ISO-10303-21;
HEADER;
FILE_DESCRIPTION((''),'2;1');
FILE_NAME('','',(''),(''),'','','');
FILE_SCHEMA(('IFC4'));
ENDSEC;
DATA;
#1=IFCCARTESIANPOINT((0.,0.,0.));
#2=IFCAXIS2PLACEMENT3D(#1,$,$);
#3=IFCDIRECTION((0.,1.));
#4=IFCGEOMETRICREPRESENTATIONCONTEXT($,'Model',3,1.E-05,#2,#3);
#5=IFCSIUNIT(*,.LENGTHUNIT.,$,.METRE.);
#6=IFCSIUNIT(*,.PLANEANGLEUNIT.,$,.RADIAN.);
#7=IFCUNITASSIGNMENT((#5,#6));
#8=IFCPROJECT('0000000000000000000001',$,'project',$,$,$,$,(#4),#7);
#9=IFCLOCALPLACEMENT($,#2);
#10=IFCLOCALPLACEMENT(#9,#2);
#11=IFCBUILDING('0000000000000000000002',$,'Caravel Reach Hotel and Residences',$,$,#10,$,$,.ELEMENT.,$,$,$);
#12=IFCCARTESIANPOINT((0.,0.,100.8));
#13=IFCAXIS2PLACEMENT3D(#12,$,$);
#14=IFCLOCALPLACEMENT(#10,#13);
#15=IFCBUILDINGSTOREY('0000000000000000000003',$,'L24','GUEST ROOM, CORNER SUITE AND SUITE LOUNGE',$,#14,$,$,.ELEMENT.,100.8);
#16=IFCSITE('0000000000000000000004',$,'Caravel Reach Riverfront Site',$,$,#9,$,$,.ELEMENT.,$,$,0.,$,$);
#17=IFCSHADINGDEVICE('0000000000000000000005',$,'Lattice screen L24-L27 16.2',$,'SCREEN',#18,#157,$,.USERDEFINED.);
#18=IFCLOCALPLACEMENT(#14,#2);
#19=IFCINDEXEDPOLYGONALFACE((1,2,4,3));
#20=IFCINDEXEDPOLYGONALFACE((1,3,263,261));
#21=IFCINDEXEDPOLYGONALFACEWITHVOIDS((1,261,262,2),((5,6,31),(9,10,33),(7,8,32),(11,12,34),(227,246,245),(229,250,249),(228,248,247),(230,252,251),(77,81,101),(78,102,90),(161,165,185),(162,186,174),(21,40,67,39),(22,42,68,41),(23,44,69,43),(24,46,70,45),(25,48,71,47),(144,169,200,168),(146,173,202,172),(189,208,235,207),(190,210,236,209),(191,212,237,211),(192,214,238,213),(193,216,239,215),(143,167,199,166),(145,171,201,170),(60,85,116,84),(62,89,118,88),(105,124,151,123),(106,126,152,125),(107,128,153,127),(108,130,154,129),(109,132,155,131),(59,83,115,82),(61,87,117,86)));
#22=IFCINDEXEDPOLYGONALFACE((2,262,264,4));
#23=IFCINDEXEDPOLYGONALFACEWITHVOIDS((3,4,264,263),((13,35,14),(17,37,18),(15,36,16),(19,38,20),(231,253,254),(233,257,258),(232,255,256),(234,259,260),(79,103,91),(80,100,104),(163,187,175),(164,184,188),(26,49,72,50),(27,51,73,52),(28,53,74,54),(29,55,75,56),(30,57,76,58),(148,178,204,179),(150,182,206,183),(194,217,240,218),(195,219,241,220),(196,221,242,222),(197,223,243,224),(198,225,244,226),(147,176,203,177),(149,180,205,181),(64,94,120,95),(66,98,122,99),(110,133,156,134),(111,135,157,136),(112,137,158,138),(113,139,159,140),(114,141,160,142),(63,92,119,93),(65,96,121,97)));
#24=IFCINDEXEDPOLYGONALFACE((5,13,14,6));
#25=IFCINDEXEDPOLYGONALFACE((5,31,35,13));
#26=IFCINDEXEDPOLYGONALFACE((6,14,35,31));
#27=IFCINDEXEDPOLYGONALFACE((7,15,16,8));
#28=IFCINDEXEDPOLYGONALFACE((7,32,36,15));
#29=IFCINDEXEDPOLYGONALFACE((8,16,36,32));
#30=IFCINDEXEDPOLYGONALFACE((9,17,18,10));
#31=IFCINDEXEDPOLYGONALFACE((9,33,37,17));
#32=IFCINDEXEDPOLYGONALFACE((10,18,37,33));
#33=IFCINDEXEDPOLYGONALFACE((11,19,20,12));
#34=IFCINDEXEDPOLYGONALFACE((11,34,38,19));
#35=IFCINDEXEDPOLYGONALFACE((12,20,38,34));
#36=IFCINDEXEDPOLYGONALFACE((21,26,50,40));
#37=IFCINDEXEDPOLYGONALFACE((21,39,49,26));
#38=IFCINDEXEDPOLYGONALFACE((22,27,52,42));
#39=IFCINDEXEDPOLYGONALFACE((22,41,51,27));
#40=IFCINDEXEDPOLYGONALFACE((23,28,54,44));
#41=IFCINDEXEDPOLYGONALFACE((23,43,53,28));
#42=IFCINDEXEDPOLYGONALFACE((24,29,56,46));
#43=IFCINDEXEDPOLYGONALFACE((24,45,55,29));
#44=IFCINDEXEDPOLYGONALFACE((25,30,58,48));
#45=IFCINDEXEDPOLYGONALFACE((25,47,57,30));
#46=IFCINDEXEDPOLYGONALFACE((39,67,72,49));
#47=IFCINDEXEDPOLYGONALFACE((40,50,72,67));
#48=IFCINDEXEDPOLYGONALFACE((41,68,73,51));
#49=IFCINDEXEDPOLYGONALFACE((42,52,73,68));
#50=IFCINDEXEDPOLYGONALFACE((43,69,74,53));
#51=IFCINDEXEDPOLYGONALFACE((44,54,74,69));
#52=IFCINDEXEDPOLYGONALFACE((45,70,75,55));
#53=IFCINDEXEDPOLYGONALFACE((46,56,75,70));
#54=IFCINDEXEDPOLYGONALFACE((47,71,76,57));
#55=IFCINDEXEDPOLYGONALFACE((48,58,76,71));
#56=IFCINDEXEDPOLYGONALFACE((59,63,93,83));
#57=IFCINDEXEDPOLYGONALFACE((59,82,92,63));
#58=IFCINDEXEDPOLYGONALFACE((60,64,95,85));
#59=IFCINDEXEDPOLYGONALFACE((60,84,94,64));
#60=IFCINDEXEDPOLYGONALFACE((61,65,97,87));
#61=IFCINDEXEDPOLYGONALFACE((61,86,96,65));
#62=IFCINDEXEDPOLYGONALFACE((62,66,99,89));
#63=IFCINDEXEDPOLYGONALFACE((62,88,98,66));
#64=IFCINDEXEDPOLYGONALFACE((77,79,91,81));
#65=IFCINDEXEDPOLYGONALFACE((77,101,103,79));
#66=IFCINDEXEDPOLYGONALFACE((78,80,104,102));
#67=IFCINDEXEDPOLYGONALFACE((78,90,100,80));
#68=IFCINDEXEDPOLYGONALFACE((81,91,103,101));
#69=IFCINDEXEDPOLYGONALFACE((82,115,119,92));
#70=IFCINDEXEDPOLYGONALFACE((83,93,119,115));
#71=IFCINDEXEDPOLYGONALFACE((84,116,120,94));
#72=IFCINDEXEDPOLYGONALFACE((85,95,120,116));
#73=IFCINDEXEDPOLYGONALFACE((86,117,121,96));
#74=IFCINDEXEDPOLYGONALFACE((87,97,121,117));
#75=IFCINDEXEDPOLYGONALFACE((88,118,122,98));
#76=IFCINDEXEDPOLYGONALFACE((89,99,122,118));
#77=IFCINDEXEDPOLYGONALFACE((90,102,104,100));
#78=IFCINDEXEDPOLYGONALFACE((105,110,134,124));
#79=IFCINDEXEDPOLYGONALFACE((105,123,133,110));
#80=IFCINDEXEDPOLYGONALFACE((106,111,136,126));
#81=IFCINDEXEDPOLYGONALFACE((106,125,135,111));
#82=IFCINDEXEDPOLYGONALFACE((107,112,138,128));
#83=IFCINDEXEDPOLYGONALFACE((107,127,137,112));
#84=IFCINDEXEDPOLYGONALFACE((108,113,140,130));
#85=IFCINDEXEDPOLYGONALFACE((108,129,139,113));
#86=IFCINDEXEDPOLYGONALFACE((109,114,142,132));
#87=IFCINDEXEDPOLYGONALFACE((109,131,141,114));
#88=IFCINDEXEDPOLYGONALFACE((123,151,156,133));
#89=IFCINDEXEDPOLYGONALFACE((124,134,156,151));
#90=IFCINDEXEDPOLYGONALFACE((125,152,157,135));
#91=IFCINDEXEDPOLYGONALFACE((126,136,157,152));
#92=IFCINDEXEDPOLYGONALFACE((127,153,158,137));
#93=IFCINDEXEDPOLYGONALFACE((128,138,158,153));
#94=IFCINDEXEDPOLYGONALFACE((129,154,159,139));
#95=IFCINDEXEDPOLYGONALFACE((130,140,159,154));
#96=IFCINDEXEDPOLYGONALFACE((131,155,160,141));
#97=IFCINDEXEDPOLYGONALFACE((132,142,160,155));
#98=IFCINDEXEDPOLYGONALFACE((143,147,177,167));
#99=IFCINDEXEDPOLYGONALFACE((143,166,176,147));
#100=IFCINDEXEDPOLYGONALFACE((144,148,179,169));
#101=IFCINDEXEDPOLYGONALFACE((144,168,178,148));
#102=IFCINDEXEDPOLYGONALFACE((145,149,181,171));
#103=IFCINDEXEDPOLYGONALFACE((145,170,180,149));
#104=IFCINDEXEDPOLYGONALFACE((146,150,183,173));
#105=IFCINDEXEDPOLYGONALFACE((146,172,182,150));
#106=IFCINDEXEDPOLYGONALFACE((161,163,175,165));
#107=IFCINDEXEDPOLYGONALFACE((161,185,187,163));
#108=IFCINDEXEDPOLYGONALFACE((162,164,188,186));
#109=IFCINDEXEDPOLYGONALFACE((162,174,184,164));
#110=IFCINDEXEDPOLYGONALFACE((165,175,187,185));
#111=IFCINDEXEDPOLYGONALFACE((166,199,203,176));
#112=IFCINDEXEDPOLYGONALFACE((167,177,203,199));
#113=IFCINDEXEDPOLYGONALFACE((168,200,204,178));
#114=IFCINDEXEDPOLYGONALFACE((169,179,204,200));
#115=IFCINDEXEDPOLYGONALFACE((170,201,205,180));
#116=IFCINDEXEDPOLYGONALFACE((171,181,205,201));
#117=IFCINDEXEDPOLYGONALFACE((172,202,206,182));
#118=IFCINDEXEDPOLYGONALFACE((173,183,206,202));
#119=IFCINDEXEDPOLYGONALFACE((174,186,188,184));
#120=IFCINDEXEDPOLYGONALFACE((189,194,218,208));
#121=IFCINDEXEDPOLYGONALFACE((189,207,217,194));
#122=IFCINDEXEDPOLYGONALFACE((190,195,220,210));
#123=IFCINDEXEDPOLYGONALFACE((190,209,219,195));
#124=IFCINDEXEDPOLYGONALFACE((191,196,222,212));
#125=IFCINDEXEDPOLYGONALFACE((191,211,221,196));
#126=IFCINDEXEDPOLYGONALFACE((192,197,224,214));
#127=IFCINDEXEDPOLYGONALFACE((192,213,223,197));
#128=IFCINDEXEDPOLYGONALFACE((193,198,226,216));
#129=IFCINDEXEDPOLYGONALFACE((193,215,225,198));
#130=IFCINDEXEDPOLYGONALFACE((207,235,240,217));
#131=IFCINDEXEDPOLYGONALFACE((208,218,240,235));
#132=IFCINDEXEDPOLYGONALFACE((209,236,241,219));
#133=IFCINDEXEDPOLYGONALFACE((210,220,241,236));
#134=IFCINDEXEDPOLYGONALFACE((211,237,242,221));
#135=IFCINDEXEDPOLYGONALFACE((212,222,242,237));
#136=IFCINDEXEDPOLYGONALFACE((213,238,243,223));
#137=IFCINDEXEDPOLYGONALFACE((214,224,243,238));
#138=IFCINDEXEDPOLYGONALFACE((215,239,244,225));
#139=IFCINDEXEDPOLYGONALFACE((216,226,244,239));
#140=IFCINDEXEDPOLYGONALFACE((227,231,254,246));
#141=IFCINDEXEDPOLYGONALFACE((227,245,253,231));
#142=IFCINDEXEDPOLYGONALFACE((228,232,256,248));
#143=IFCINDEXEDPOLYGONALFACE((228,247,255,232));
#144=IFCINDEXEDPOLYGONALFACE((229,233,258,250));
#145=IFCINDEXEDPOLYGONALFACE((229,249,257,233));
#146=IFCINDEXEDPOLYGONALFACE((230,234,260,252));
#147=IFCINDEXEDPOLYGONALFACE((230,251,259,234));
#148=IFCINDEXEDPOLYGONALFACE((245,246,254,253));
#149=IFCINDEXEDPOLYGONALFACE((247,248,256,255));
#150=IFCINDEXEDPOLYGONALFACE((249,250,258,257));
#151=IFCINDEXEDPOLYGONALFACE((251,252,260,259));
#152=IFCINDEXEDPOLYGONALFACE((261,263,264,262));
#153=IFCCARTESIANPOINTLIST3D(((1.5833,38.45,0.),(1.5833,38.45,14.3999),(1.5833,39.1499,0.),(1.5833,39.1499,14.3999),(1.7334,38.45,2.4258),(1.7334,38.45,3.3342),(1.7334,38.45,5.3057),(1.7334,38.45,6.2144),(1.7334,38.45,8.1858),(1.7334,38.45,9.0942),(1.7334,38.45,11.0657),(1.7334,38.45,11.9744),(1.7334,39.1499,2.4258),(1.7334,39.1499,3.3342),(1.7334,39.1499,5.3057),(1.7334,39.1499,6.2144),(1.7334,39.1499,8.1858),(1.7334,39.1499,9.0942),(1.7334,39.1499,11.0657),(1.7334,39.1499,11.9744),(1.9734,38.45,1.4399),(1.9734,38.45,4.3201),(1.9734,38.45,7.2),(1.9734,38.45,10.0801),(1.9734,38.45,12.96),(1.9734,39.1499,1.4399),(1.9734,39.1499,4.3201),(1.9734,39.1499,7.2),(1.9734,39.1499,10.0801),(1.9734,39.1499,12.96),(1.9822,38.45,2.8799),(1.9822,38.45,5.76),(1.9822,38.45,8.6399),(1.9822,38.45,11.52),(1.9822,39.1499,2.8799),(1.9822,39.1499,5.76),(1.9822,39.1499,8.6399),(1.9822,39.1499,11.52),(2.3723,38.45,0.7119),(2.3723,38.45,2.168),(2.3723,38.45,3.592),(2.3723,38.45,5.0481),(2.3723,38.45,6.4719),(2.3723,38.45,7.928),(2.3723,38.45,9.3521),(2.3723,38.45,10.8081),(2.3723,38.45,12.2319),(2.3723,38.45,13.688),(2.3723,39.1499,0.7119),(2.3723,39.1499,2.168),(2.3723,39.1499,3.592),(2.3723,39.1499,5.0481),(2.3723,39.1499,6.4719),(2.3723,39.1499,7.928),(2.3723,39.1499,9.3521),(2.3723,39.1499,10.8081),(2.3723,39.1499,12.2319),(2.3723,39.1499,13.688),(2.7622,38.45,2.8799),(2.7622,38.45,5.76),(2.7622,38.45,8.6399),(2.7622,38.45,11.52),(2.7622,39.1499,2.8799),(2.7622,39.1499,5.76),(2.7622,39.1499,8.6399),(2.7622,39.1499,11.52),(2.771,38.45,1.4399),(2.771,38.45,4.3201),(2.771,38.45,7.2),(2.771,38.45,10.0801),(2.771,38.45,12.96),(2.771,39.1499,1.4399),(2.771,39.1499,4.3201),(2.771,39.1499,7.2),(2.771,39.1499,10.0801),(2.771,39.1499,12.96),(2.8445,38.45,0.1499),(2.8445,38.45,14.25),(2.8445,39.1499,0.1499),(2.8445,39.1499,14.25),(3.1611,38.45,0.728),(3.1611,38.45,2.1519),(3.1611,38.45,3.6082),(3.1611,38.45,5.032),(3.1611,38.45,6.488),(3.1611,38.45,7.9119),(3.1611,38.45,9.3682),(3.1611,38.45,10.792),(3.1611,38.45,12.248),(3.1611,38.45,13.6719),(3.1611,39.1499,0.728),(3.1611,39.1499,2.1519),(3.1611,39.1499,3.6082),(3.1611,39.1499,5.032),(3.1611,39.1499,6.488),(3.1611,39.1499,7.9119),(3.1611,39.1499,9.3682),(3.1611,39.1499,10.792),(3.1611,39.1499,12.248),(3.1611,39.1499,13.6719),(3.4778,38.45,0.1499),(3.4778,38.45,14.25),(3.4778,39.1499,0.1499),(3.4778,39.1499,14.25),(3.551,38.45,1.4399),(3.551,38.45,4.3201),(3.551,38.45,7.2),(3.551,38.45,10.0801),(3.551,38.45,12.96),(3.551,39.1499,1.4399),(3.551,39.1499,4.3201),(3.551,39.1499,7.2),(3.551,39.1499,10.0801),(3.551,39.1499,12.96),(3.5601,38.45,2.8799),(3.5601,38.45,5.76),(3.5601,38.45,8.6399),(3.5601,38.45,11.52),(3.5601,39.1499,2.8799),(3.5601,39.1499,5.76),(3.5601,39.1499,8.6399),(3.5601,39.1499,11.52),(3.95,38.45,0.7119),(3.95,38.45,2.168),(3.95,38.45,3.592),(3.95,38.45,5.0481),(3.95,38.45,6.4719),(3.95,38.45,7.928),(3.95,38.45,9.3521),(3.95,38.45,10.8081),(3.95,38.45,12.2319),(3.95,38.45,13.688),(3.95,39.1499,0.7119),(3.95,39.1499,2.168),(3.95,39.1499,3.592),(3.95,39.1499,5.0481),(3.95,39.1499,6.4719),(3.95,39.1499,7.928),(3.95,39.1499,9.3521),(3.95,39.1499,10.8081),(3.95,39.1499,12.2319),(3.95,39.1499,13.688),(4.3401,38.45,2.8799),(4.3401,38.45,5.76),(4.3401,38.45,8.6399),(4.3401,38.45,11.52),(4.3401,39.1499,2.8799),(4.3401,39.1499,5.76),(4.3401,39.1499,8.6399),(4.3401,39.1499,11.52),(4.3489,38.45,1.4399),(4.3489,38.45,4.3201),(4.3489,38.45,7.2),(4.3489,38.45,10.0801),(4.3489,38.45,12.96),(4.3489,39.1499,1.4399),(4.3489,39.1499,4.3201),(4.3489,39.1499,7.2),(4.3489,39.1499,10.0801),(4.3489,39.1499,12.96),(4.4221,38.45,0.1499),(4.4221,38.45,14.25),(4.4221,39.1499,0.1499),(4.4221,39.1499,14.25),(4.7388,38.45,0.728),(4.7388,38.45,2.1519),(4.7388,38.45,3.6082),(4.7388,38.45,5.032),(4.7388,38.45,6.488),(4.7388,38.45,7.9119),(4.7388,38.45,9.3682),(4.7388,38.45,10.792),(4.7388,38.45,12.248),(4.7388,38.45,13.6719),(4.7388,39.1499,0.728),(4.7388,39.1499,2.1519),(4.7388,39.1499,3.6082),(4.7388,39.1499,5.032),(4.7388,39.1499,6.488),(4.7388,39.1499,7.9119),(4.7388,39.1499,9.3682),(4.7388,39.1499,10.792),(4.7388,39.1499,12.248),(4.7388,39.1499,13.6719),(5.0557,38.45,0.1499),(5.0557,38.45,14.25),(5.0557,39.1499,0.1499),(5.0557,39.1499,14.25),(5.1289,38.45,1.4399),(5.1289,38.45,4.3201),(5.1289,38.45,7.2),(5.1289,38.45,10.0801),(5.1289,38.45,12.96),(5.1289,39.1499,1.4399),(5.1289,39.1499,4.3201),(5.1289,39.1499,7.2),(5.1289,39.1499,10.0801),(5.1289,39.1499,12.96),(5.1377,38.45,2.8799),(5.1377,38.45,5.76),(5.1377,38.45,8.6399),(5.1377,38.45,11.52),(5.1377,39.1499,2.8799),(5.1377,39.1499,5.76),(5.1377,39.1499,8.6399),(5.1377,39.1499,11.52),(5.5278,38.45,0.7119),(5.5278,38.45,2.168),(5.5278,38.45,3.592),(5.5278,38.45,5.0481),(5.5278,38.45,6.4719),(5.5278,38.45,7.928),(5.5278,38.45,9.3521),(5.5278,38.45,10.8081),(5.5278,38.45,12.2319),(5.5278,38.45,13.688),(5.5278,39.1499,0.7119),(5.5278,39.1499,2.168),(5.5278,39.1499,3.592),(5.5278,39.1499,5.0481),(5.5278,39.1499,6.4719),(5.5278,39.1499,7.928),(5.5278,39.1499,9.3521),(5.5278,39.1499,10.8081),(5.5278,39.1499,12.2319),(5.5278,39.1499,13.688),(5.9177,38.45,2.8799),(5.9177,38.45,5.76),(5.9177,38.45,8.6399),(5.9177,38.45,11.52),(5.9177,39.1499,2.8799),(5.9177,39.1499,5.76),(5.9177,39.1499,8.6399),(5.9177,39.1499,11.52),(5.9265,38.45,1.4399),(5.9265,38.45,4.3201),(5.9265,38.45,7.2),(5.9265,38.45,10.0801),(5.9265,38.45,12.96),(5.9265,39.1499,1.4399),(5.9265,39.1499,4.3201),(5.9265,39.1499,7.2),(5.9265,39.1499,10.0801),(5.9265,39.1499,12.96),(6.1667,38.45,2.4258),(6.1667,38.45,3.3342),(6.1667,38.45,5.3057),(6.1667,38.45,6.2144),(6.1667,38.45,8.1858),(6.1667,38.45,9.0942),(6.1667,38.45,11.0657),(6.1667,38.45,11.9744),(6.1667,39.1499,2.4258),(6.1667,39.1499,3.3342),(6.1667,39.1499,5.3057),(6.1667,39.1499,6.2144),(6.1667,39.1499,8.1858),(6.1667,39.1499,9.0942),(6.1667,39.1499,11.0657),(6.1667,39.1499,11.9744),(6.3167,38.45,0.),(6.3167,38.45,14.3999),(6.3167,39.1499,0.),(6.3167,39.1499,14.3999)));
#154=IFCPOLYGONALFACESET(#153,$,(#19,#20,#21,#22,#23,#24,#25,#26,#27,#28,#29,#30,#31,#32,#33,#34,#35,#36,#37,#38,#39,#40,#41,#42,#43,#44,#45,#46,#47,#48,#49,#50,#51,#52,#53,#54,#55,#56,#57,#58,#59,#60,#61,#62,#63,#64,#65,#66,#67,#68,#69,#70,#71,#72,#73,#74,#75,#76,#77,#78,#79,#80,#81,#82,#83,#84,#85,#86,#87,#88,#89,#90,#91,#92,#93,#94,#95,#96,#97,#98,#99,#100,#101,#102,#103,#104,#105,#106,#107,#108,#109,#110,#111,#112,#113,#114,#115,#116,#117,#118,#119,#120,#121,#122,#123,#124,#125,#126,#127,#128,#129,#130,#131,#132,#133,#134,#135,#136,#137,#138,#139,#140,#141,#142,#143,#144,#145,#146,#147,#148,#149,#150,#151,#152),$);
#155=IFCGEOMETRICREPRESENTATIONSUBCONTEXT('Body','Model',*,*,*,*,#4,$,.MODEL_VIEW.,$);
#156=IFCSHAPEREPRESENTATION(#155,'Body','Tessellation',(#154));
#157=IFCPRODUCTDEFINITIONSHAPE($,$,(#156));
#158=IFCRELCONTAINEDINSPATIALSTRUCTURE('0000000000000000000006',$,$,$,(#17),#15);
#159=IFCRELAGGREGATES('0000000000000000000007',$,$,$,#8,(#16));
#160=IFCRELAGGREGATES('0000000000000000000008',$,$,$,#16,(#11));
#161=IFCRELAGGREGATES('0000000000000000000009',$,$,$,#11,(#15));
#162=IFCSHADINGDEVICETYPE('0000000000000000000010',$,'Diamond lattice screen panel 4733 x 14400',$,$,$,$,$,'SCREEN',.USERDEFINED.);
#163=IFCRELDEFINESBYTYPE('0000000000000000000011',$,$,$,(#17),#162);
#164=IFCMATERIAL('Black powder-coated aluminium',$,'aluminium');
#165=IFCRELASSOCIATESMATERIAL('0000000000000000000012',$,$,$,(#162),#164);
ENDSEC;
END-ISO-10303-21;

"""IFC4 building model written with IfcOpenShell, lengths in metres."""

from ifc_helpers import new_model, si_unit, direction, frame, origin, place, context, subcontext, project, spatial, polyline, outline, extrude, material, type_object, element, save


model = new_model("IFC4")

# Units and contexts
model_context = context("Model", 3, precision=1e-05, world=origin(), true_north=direction((0.0, 1.0)))
body_context = subcontext(model_context, "Body", "Model", "MODEL_VIEW")
ifc_project = project(units=[si_unit("LENGTHUNIT", "METRE"), si_unit("PLANEANGLEUNIT", "RADIAN")], contexts=[model_context])

# Site, building, storey
site_placement = place(None, origin())
site = spatial("IfcSite", under=ifc_project, at=site_placement, Name="Caravel Reach Riverfront Site", CompositionType="ELEMENT", RefElevation=0.0)
building_placement = place(site_placement, origin())
building = spatial("IfcBuilding", under=site, at=building_placement, Name="Caravel Reach Hotel and Residences", CompositionType="ELEMENT")
storey_placement = place(building_placement, frame((0.0, 0.0, 100.8)))
storey = spatial("IfcBuildingStorey", under=building, at=storey_placement, Name="L24", Description="GUEST ROOM, CORNER SUITE AND SUITE LOUNGE", CompositionType="ELEMENT", Elevation=100.8)

# Shading device
ifc_material_1 = material(Name="Black powder-coated aluminium", Category="aluminium")
shading_device_type_1 = type_object("IfcShadingDeviceType", Name="Diamond lattice screen panel 4733 x 14400", ElementType="SCREEN", PredefinedType="USERDEFINED", material=ifc_material_1)
shading_device_1_placement = place(storey_placement, frame((6.3167, 38.45, 0.0), z_axis=(0.0, 1.0, 0.0), x_axis=(-1.0, 0.0, 0.0)))
element("IfcShadingDevice", 1, at=shading_device_1_placement, inside=storey, type_object=shading_device_type_1, Name="Lattice screen L24-L27 16.2", ObjectType="SCREEN", PredefinedType="USERDEFINED", context=body_context, shape_type="SweptSolid", body=[
    extrude(outline(polyline([(0.0, 0.0), (4.7334, 0.0), (4.7334, 14.3999), (0.0, 14.3999), (0.0, 0.0)]), holes=[polyline([(0.3989, 2.8799), (0.1499, 3.3342), (0.1499, 2.4258), (0.3989, 2.8799)]), polyline([(0.3989, 5.76), (0.1499, 6.2144), (0.1499, 5.3057), (0.3989, 5.76)]), polyline([(0.3989, 8.6399), (0.1499, 9.0942), (0.1499, 8.1858), (0.3989, 8.6399)]), polyline([(0.3989, 11.52), (0.1499, 11.9744), (0.1499, 11.0657), (0.3989, 11.52)]), polyline([(0.7888, 2.168), (0.3901, 1.4399), (0.7888, 0.7119), (1.1877, 1.4399), (0.7888, 2.168)]), polyline([(0.7888, 5.0481), (0.3901, 4.3201), (0.7888, 3.592), (1.1877, 4.3201), (0.7888, 5.0481)]), polyline([(0.7888, 7.928), (0.3901, 7.2), (0.7888, 6.4719), (1.1877, 7.2), (0.7888, 7.928)]), polyline([(0.7888, 10.8081), (0.3901, 10.0801), (0.7888, 9.3521), (1.1877, 10.0801), (0.7888, 10.8081)]), polyline([(0.7888, 13.688), (0.3901, 12.96), (0.7888, 12.2319), (1.1877, 12.96), (0.7888, 13.688)]), polyline([(1.5779, 0.728), (1.261, 0.1499), (1.8945, 0.1499), (1.5779, 0.728)]), polyline([(1.5779, 3.6082), (1.179, 2.8799), (1.5779, 2.1519), (1.9766, 2.8799), (1.5779, 3.6082)]), polyline([(1.5779, 6.488), (1.179, 5.76), (1.5779, 5.032), (1.9766, 5.76), (1.5779, 6.488)]), polyline([(1.5779, 9.3682), (1.179, 8.6399), (1.5779, 7.9119), (1.9766, 8.6399), (1.5779, 9.3682)]), polyline([(1.5779, 12.248), (1.179, 11.52), (1.5779, 10.792), (1.9766, 11.52), (1.5779, 12.248)]), polyline([(1.5779, 13.6719), (1.8945, 14.25), (1.261, 14.25), (1.5779, 13.6719)]), polyline([(2.3667, 2.168), (1.9678, 1.4399), (2.3667, 0.7119), (2.7656, 1.4399), (2.3667, 2.168)]), polyline([(2.3667, 5.0481), (1.9678, 4.3201), (2.3667, 3.592), (2.7656, 4.3201), (2.3667, 5.0481)]), polyline([(2.3667, 7.928), (1.9678, 7.2), (2.3667, 6.4719), (2.7656, 7.2), (2.3667, 7.928)]), polyline([(2.3667, 10.8081), (1.9678, 10.0801), (2.3667, 9.3521), (2.7656, 10.0801), (2.3667, 10.8081)]), polyline([(2.3667, 13.688), (1.9678, 12.96), (2.3667, 12.2319), (2.7656, 12.96), (2.3667, 13.688)]), polyline([(3.1555, 0.728), (2.8389, 0.1499), (3.4722, 0.1499), (3.1555, 0.728)]), polyline([(3.1555, 3.6082), (2.7566, 2.8799), (3.1555, 2.1519), (3.5544, 2.8799), (3.1555, 3.6082)]), polyline([(3.1555, 6.488), (2.7566, 5.76), (3.1555, 5.032), (3.5544, 5.76), (3.1555, 6.488)]), polyline([(3.1555, 9.3682), (2.7566, 8.6399), (3.1555, 7.9119), (3.5544, 8.6399), (3.1555, 9.3682)]), polyline([(3.1555, 12.248), (2.7566, 11.52), (3.1555, 10.792), (3.5544, 11.52), (3.1555, 12.248)]), polyline([(3.1555, 13.6719), (3.4722, 14.25), (2.8389, 14.25), (3.1555, 13.6719)]), polyline([(3.9443, 2.168), (3.5457, 1.4399), (3.9443, 0.7119), (4.3433, 1.4399), (3.9443, 2.168)]), polyline([(3.9443, 5.0481), (3.5457, 4.3201), (3.9443, 3.592), (4.3433, 4.3201), (3.9443, 5.0481)]), polyline([(3.9443, 7.928), (3.5457, 7.2), (3.9443, 6.4719), (4.3433, 7.2), (3.9443, 7.928)]), polyline([(3.9443, 10.8081), (3.5457, 10.0801), (3.9443, 9.3521), (4.3433, 10.0801), (3.9443, 10.8081)]), polyline([(3.9443, 13.688), (3.5457, 12.96), (3.9443, 12.2319), (4.3433, 12.96), (3.9443, 13.688)]), polyline([(4.3345, 2.8799), (4.5833, 2.4258), (4.5833, 3.3342), (4.3345, 2.8799)]), polyline([(4.3345, 5.76), (4.5833, 5.3057), (4.5833, 6.2144), (4.3345, 5.76)]), polyline([(4.3345, 8.6399), (4.5833, 8.1858), (4.5833, 9.0942), (4.3345, 8.6399)]), polyline([(4.3345, 11.52), (4.5833, 11.0657), (4.5833, 11.9744), (4.3345, 11.52)])]), origin(), (0.0, 0.0, 1.0), 0.7),
])

save(model, "model.ifc")
